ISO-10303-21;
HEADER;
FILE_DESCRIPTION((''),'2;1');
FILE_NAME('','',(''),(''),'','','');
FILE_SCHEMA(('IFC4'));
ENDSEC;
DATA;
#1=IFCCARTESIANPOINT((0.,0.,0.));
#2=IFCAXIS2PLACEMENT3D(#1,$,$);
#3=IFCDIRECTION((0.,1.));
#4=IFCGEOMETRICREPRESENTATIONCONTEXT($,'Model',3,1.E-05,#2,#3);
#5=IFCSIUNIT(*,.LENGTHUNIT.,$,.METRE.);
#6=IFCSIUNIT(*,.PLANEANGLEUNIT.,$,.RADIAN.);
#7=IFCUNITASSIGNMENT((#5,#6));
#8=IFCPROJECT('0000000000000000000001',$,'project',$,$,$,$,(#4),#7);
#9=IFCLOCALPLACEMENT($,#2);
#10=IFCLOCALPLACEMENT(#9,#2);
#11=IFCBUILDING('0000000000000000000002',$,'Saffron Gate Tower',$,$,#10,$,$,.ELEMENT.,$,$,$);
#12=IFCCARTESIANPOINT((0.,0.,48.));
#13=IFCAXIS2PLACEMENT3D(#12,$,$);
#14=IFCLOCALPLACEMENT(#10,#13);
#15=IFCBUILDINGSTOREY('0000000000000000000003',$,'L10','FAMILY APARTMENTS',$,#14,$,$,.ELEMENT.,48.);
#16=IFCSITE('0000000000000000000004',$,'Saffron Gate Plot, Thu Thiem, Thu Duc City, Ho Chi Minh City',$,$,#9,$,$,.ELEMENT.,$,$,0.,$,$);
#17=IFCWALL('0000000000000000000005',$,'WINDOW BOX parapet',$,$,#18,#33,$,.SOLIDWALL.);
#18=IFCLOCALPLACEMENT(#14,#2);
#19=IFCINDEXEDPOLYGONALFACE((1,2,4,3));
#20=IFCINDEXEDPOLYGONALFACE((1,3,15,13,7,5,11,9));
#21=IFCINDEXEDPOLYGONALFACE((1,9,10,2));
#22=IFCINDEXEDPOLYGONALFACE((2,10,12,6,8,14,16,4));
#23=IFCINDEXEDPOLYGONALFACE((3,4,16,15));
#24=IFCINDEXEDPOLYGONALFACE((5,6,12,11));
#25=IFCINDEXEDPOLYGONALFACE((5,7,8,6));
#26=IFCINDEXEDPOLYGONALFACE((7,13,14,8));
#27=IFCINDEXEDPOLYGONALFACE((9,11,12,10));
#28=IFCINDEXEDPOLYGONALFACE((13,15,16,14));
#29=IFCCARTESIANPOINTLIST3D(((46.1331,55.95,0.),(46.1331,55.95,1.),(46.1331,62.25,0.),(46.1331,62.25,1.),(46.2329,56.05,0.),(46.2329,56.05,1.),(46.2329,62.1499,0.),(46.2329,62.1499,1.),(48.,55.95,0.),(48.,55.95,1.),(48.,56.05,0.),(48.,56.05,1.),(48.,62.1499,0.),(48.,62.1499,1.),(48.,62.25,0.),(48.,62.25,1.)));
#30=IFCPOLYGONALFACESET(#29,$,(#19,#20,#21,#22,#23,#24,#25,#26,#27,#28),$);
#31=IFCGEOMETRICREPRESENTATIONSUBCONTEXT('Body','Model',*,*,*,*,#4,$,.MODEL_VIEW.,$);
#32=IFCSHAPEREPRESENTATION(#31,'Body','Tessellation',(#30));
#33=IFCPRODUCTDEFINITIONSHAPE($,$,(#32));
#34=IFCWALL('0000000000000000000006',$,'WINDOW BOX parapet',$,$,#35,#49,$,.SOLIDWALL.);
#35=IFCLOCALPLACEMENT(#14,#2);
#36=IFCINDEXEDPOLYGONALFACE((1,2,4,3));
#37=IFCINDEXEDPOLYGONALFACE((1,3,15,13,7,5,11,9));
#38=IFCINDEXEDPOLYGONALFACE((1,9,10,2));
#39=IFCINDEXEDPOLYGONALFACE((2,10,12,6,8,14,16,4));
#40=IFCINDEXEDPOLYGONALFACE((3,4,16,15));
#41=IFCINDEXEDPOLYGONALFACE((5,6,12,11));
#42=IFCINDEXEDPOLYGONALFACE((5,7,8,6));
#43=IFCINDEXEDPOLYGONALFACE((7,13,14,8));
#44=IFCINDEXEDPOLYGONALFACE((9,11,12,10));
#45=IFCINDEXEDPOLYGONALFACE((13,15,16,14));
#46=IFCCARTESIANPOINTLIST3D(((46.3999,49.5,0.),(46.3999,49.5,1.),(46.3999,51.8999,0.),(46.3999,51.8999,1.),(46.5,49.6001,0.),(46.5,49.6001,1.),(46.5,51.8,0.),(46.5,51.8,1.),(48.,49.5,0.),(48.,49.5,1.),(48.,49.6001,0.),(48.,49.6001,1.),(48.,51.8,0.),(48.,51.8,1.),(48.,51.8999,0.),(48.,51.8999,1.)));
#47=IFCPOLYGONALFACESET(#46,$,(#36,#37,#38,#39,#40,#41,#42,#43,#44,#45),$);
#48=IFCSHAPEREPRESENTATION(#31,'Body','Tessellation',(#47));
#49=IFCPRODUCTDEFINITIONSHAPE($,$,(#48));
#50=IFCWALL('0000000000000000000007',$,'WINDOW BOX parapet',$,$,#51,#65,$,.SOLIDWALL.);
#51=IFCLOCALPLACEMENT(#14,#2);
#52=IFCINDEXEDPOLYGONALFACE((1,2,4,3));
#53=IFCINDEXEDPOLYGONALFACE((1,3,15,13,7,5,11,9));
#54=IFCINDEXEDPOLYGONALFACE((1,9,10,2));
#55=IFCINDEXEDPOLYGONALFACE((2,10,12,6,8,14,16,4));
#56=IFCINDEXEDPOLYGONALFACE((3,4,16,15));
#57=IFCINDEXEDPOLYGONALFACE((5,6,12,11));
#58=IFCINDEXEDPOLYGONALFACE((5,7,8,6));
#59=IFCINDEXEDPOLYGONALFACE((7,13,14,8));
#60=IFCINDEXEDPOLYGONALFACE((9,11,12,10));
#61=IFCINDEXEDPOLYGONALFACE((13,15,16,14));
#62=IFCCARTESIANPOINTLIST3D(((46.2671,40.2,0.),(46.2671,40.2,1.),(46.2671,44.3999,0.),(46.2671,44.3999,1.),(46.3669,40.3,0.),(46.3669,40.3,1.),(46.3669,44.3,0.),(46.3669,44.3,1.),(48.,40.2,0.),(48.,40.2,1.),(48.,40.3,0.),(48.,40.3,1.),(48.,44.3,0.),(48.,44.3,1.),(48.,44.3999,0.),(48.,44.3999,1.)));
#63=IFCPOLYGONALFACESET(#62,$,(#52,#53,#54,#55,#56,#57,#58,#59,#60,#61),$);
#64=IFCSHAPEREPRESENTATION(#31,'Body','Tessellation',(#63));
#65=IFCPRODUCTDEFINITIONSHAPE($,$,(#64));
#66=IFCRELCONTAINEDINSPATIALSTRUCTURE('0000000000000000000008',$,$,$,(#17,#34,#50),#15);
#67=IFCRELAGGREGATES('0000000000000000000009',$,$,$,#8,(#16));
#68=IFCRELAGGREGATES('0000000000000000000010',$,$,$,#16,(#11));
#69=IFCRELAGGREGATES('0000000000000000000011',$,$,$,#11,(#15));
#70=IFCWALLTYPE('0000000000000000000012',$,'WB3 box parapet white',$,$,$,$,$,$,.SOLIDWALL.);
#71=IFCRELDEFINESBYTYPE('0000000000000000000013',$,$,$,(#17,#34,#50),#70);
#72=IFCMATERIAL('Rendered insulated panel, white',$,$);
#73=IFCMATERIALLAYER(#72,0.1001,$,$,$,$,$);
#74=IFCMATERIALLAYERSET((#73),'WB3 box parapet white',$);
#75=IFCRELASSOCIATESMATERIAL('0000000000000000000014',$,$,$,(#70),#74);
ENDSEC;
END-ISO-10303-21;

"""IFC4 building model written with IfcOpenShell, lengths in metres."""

from ifc_helpers import new_model, si_unit, direction, frame, origin, place, context, subcontext, project, spatial, polyline, outline, extrude, material, layer, layer_set, type_object, element, save


model = new_model("IFC4")

# Units and contexts
model_context = context("Model", 3, precision=1e-05, world=origin(), true_north=direction((0.0, 1.0)))
body_context = subcontext(model_context, "Body", "Model", "MODEL_VIEW")
ifc_project = project(units=[si_unit("LENGTHUNIT", "METRE"), si_unit("PLANEANGLEUNIT", "RADIAN")], contexts=[model_context])

# Site, building, storey
site_placement = place(None, origin())
site = spatial("IfcSite", under=ifc_project, at=site_placement, Name="Saffron Gate Plot, Thu Thiem, Thu Duc City, Ho Chi Minh City", CompositionType="ELEMENT", RefElevation=0.0)
building_placement = place(site_placement, origin())
building = spatial("IfcBuilding", under=site, at=building_placement, Name="Saffron Gate Tower", CompositionType="ELEMENT")
storey_placement = place(building_placement, frame((0.0, 0.0, 48.0)))
storey = spatial("IfcBuildingStorey", under=building, at=storey_placement, Name="L10", Description="FAMILY APARTMENTS", CompositionType="ELEMENT", Elevation=48.0)

# Walls
ifc_material_1 = material(Name="Rendered insulated panel, white")
ifc_layer_1 = layer(ifc_material_1, 0.1001)
ifc_layer_set_1 = layer_set([ifc_layer_1], Name="WB3 box parapet white")
wall_type_1 = type_object("IfcWallType", Name="WB3 box parapet white", PredefinedType="SOLIDWALL", material=ifc_layer_set_1)
wall_1_placement = place(storey_placement, origin())
element("IfcWall", 1, at=wall_1_placement, inside=storey, type_object=wall_type_1, Name="WINDOW BOX parapet", PredefinedType="SOLIDWALL", context=body_context, shape_type="SweptSolid", body=[
    extrude(outline(polyline([(48.0, 62.25), (48.0, 62.1499), (46.2329, 62.1499), (46.2329, 56.05), (48.0, 56.05), (48.0, 55.95), (46.1331, 55.95), (46.1331, 62.25), (48.0, 62.25)])), origin(), (0.0, 0.0, 1.0), 1.0),
])
wall_2_placement = place(storey_placement, origin())
element("IfcWall", 2, at=wall_2_placement, inside=storey, type_object=wall_type_1, Name="WINDOW BOX parapet", PredefinedType="SOLIDWALL", context=body_context, shape_type="SweptSolid", body=[
    extrude(outline(polyline([(48.0, 51.8999), (48.0, 51.8), (46.5, 51.8), (46.5, 49.6001), (48.0, 49.6001), (48.0, 49.5), (46.3999, 49.5), (46.3999, 51.8999), (48.0, 51.8999)])), origin(), (0.0, 0.0, 1.0), 1.0),
])
wall_3_placement = place(storey_placement, origin())
element("IfcWall", 3, at=wall_3_placement, inside=storey, type_object=wall_type_1, Name="WINDOW BOX parapet", PredefinedType="SOLIDWALL", context=body_context, shape_type="SweptSolid", body=[
    extrude(outline(polyline([(48.0, 44.3999), (48.0, 44.3), (46.3669, 44.3), (46.3669, 40.3), (48.0, 40.3), (48.0, 40.2), (46.2671, 40.2), (46.2671, 44.3999), (48.0, 44.3999)])), origin(), (0.0, 0.0, 1.0), 1.0),
])

save(model, "model.ifc")
